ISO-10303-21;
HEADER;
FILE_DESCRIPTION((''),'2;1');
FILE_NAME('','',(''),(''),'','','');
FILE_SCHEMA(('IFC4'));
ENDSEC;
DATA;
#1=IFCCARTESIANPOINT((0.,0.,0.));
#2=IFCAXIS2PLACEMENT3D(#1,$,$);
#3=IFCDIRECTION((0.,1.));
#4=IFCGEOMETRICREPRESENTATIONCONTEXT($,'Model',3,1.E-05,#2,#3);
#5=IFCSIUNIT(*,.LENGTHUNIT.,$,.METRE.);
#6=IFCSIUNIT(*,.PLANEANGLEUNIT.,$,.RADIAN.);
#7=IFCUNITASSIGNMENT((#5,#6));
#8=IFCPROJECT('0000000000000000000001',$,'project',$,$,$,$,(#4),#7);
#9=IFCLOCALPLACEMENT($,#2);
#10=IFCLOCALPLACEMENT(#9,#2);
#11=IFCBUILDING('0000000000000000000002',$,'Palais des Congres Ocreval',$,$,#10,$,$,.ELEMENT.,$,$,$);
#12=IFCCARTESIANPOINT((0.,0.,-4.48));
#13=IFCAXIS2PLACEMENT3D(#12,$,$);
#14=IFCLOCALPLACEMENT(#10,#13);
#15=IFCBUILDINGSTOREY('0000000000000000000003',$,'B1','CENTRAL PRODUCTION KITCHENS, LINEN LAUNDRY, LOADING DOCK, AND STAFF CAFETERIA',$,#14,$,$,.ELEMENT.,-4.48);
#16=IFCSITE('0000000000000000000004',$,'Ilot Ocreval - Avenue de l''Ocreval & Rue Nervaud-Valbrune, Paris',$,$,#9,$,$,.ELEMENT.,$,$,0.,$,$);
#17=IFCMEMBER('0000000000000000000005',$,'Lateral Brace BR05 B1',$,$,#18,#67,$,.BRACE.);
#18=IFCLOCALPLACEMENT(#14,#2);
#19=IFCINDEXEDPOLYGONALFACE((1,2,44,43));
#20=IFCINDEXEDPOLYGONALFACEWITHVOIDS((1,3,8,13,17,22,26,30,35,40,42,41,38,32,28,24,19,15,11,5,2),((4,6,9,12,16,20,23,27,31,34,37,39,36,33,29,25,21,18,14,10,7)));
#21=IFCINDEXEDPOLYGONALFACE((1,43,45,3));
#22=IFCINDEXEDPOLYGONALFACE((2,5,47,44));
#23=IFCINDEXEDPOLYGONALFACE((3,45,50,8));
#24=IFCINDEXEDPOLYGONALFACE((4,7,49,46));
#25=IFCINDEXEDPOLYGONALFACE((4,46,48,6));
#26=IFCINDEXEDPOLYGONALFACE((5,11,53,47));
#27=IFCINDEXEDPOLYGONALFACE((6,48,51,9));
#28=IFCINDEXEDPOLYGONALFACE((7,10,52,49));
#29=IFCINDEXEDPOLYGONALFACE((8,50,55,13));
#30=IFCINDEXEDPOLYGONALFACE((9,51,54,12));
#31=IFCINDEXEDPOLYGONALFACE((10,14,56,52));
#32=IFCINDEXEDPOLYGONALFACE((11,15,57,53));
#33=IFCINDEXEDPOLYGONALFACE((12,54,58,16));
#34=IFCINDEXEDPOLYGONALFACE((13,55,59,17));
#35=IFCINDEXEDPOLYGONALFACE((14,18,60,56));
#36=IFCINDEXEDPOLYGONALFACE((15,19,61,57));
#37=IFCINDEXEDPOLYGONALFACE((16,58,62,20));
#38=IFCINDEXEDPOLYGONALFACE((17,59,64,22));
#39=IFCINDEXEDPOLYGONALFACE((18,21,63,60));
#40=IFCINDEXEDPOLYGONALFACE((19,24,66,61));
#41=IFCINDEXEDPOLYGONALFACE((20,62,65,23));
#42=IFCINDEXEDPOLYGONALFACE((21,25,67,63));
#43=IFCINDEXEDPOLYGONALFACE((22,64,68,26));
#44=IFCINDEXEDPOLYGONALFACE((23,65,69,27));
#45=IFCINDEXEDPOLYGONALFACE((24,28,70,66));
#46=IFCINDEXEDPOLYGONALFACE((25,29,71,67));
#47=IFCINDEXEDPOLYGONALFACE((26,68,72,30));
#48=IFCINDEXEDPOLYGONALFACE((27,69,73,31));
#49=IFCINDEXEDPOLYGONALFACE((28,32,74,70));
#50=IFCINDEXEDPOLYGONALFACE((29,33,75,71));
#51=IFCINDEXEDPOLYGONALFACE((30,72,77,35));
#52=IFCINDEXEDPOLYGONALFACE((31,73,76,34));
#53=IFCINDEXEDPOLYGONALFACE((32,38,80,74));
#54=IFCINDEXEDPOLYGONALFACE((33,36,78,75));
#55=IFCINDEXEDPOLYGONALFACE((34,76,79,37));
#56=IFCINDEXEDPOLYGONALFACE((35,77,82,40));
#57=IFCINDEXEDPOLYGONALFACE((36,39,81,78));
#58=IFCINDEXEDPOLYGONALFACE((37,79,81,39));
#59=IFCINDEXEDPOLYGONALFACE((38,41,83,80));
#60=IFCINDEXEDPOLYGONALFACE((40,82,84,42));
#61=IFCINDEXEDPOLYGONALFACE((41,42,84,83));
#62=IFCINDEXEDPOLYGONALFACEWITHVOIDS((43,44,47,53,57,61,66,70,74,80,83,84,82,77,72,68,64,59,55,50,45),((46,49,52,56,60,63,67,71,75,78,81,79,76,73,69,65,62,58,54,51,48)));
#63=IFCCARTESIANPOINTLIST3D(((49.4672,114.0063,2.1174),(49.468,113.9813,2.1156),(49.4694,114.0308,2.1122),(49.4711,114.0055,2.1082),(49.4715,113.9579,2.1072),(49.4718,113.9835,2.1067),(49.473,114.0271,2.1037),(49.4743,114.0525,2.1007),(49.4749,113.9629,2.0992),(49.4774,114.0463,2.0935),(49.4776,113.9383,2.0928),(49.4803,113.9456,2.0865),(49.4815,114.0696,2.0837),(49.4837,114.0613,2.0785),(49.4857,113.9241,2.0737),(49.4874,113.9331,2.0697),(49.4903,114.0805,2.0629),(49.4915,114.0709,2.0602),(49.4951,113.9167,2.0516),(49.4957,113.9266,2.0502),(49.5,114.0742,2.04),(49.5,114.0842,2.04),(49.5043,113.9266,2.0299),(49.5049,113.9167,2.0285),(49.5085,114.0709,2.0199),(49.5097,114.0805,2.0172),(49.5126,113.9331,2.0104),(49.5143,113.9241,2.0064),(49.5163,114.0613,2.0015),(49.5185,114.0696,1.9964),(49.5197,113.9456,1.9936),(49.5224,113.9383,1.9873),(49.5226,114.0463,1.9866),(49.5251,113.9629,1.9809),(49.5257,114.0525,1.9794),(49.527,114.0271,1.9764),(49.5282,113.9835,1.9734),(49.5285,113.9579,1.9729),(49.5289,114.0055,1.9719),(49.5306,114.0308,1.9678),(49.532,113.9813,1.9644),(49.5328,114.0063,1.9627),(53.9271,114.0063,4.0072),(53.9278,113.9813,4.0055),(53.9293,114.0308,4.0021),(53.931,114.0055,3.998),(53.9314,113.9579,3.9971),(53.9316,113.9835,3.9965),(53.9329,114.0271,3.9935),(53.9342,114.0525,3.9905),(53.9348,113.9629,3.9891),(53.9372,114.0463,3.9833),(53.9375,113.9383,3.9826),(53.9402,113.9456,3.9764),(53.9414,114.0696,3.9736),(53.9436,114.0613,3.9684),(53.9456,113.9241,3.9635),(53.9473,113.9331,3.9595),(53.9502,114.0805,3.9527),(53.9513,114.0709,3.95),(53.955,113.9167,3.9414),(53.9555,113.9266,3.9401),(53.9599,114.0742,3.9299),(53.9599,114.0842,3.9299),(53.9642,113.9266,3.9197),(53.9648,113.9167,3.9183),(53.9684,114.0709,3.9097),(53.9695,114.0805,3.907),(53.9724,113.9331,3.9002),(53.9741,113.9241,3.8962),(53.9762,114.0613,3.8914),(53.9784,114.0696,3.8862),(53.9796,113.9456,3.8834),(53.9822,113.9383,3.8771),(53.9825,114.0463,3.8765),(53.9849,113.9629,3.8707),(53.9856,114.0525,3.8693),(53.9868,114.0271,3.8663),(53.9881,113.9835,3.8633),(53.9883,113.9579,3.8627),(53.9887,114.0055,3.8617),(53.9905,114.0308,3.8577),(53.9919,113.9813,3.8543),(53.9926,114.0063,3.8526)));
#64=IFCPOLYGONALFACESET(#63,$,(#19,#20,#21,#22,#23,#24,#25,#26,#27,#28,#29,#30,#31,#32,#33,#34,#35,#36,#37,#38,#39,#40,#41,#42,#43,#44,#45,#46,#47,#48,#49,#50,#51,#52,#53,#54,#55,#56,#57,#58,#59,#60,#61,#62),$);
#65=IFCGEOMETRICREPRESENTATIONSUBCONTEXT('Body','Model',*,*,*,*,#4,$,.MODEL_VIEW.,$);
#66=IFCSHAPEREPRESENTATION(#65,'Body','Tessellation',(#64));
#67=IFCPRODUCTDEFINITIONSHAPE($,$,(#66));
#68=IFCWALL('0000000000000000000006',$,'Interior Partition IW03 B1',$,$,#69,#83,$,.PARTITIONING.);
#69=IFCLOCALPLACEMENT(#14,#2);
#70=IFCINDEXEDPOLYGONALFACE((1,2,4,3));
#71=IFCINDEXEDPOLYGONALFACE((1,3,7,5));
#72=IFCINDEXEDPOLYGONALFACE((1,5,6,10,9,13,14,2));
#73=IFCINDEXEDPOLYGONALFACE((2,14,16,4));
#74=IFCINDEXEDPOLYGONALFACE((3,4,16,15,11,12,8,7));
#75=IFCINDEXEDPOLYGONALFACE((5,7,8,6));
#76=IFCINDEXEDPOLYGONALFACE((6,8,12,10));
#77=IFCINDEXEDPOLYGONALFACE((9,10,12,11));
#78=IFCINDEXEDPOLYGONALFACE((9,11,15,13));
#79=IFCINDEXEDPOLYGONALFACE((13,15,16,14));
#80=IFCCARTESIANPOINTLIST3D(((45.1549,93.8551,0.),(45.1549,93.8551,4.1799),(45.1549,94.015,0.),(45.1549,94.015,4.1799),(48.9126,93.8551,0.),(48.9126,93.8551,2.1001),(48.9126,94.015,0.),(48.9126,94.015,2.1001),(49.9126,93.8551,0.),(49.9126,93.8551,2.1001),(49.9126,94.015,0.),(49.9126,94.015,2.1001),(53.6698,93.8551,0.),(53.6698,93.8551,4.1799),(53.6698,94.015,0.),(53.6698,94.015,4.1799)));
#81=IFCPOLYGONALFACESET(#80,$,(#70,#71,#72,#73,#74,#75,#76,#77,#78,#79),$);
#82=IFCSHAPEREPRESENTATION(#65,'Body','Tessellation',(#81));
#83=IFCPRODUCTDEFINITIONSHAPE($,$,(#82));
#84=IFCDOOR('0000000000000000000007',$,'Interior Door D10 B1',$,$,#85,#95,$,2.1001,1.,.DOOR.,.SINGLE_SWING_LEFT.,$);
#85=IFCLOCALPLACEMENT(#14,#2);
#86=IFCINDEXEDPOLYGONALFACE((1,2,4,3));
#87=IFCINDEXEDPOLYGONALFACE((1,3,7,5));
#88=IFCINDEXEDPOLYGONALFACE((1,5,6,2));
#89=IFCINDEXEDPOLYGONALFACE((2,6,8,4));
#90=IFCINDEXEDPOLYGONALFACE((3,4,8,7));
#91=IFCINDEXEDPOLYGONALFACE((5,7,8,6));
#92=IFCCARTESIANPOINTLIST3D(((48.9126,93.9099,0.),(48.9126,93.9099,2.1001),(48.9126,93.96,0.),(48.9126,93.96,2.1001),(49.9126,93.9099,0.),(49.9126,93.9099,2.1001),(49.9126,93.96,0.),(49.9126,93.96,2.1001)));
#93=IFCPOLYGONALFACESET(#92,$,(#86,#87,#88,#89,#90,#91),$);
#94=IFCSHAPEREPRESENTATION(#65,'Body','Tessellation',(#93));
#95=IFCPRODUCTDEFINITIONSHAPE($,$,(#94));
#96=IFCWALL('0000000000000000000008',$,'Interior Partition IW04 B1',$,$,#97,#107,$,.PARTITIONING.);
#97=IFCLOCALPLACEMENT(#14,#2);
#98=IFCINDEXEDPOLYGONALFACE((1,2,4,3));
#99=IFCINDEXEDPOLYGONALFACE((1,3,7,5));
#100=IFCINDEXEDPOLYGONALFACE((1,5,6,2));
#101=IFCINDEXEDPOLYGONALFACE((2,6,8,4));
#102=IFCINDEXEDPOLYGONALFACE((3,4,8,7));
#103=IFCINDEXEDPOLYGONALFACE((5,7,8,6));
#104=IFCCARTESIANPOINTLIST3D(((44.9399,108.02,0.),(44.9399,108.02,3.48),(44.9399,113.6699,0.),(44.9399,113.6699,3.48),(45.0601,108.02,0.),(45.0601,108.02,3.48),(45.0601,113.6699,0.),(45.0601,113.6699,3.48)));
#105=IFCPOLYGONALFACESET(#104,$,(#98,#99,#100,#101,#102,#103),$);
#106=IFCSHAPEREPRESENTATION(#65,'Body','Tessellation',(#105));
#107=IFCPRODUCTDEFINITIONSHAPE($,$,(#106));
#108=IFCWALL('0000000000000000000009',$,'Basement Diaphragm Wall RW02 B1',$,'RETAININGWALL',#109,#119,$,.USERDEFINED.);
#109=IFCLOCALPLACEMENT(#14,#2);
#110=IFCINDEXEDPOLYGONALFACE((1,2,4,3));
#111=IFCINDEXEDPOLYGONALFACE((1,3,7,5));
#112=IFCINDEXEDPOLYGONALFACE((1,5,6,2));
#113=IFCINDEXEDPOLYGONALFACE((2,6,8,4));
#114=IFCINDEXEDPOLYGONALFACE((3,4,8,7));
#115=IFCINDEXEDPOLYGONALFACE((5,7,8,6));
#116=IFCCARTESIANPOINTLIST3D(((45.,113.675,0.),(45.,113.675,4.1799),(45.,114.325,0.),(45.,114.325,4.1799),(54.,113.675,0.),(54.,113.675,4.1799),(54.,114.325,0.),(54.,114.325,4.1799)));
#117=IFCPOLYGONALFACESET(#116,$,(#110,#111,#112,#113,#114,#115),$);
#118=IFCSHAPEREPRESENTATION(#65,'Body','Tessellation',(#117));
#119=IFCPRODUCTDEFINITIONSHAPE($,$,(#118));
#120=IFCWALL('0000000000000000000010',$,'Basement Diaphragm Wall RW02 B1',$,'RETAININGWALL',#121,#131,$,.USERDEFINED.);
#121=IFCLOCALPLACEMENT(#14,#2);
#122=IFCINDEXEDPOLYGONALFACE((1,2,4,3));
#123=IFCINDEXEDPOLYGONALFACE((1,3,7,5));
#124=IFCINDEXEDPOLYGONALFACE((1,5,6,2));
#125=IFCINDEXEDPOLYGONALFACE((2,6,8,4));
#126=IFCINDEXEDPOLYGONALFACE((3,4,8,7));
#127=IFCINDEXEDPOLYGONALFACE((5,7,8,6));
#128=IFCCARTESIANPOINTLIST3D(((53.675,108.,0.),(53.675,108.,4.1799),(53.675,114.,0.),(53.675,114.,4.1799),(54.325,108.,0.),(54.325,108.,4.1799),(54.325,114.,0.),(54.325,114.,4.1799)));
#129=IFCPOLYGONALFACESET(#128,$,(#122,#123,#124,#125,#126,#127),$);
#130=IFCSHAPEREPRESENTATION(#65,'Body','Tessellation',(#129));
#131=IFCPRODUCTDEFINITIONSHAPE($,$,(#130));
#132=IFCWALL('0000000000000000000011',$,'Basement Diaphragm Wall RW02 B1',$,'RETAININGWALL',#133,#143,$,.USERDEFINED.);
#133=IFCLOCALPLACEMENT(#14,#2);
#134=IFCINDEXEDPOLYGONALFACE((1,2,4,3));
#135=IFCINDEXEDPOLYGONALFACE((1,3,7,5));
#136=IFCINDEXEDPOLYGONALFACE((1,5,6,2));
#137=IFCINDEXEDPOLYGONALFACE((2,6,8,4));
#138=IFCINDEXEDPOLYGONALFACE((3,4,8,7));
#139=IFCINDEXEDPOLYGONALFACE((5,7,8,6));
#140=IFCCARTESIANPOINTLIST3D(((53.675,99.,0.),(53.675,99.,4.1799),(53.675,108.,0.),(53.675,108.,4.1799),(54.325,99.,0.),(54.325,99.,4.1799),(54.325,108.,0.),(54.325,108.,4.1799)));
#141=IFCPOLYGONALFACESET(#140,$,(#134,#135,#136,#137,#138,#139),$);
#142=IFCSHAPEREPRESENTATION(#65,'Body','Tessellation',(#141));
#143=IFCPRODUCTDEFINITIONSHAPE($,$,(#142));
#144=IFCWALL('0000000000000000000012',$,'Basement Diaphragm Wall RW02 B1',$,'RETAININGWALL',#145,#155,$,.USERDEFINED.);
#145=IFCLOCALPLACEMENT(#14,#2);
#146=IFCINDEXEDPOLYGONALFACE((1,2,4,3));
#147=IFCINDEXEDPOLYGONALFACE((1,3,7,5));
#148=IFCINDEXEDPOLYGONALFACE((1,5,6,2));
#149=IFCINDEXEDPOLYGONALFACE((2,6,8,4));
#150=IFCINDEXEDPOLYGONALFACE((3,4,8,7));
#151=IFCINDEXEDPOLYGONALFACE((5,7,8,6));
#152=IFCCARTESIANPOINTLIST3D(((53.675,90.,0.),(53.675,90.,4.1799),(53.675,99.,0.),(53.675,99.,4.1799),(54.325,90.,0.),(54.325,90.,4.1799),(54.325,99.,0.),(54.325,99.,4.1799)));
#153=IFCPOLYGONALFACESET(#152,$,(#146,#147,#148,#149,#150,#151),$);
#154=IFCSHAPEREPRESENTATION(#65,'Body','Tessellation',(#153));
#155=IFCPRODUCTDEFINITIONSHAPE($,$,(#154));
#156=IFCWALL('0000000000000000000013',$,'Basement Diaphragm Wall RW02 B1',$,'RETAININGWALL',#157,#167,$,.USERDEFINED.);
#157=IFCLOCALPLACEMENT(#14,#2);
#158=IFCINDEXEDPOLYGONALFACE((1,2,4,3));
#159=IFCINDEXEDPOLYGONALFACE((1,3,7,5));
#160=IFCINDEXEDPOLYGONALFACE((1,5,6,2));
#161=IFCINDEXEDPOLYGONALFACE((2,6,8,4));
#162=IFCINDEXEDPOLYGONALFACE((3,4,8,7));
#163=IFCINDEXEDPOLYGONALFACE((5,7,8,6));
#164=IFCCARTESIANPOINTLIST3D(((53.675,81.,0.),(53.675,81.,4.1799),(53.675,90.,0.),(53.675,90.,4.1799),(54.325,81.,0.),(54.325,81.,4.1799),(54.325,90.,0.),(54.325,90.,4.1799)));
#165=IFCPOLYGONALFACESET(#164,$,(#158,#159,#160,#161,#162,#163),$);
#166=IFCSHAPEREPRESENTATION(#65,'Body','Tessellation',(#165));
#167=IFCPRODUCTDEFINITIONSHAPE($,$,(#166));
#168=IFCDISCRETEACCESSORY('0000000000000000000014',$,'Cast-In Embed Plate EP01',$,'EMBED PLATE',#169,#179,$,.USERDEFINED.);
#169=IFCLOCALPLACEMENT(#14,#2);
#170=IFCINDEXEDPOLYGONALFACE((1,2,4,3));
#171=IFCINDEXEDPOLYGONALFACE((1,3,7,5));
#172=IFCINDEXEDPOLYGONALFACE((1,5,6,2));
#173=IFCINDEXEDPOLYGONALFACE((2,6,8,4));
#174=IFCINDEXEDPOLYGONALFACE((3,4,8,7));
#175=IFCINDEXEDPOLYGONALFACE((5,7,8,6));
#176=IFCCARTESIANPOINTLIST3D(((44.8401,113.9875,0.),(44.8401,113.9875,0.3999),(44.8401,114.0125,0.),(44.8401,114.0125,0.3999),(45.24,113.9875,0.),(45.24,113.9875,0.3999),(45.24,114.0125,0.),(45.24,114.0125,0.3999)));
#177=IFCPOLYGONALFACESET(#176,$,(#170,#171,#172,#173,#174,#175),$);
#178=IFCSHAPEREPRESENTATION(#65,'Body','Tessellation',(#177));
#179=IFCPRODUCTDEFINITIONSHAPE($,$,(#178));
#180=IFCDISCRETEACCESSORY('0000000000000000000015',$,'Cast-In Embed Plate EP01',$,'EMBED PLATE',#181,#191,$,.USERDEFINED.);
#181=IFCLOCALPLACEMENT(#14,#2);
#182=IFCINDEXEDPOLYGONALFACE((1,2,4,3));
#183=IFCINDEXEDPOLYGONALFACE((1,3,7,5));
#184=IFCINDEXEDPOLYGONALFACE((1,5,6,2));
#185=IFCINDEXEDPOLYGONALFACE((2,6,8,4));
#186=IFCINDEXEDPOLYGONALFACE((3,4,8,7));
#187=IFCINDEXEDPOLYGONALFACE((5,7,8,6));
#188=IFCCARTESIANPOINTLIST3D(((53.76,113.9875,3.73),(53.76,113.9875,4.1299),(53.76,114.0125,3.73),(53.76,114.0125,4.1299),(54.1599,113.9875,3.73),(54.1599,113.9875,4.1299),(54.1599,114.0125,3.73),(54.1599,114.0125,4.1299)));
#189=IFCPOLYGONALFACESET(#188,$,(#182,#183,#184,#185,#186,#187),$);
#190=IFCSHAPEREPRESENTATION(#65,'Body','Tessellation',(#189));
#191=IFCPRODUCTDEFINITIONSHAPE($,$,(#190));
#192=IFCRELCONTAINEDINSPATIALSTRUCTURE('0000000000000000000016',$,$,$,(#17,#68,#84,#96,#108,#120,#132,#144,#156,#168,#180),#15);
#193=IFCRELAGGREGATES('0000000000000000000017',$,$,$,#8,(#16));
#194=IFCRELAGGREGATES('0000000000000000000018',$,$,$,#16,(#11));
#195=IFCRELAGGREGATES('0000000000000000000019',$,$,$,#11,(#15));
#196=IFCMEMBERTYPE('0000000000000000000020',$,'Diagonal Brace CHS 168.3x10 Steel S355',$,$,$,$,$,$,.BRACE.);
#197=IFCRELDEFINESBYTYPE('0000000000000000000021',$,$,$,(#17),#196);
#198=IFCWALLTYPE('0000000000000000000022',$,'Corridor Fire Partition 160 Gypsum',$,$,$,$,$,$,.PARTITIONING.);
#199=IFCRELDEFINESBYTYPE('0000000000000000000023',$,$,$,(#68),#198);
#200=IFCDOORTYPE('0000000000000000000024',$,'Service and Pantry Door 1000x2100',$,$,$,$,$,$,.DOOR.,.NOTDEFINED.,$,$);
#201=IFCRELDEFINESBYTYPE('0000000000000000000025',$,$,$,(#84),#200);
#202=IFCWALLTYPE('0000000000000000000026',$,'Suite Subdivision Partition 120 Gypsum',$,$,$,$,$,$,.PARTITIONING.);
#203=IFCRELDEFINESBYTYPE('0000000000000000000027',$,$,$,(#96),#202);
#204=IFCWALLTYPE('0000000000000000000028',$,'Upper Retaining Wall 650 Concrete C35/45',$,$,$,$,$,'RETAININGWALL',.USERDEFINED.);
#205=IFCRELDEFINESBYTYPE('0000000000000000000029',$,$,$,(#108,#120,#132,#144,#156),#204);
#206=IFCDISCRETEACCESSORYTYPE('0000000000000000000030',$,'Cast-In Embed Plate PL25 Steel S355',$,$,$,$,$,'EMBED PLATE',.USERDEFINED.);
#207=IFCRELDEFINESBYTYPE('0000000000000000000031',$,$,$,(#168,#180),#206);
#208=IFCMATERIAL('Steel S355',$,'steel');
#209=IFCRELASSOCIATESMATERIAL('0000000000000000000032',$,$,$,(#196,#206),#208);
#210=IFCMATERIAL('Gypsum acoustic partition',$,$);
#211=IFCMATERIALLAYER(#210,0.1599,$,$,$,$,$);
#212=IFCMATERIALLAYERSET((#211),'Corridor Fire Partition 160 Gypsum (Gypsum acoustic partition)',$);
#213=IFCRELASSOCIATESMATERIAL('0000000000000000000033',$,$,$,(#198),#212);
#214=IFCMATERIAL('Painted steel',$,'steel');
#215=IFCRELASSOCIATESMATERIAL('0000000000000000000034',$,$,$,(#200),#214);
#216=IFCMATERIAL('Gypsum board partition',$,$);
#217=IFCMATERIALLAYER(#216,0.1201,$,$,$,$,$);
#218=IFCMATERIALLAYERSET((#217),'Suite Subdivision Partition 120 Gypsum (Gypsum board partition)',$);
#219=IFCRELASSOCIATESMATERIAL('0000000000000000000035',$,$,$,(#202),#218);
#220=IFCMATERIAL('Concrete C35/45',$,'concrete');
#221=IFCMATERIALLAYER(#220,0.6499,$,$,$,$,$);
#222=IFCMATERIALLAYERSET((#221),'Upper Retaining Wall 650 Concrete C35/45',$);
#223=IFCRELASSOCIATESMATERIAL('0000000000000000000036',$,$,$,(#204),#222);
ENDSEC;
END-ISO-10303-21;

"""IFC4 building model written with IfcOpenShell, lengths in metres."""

from ifc_helpers import new_model, si_unit, direction, frame, frame_2d, origin, origin_2d, place, context, subcontext, project, spatial, rectangle, hollow_circle, extrude, material, layer, layer_set, material_profile, profile_set, type_object, element, fill, save


model = new_model("IFC4")

# Units and contexts
model_context = context("Model", 3, precision=1e-05, world=origin(), true_north=direction((0.0, 1.0)))
body_context = subcontext(model_context, "Body", "Model", "MODEL_VIEW")
ifc_project = project(units=[si_unit("LENGTHUNIT", "METRE"), si_unit("PLANEANGLEUNIT", "RADIAN")], contexts=[model_context])

# Site, building, storey
site_placement = place(None, origin())
site = spatial("IfcSite", under=ifc_project, at=site_placement, Name="Ilot Ocreval - Avenue de l'Ocreval & Rue Nervaud-Valbrune, Paris", CompositionType="ELEMENT", RefElevation=0.0)
building_placement = place(site_placement, origin())
building = spatial("IfcBuilding", under=site, at=building_placement, Name="Palais des Congres Ocreval", CompositionType="ELEMENT")
storey_placement = place(building_placement, frame((0.0, 0.0, -4.48)))
storey = spatial("IfcBuildingStorey", under=building, at=storey_placement, Name="B1", Description="CENTRAL PRODUCTION KITCHENS, LINEN LAUNDRY, LOADING DOCK, AND STAFF CAFETERIA", CompositionType="ELEMENT", Elevation=-4.48)

# Shared definitions
ifc_material_1 = material(Name="Steel S355", Category="steel")

# Shared definitions
ifc_material_2 = material(Name="Concrete C35/45", Category="concrete")

# Member
ifc_material_profile_1 = material_profile(ifc_material_1, hollow_circle(Radius=0.0842, WallThickness=0.01, at=origin_2d()), Name="CHS 168.3x10")
ifc_profile_set_1 = profile_set([ifc_material_profile_1], Name="Steel S355")
member_type_1 = type_object("IfcMemberType", Name="Diagonal Brace CHS 168.3x10 Steel S355", PredefinedType="BRACE", material=ifc_profile_set_1)
member_1_placement = place(storey_placement, frame((49.5, 114.0, 2.04), z_axis=(0.920746, 0.0, 0.390163), x_axis=(0.0, 1.0, 0.0)))
element("IfcMember", 1, at=member_1_placement, inside=storey, type_object=member_type_1, Name="Lateral Brace BR05 B1", PredefinedType="BRACE", context=body_context, shape_type="SweptSolid", body=[
    extrude(hollow_circle(Radius=0.0842, WallThickness=0.01, at=origin_2d()), origin(), (0.0, 0.0, 1.0), 4.8438),
])

# Wall, opening, door
ifc_material_3 = material(Name="Gypsum acoustic partition")
ifc_layer_1 = layer(ifc_material_3, 0.1599)
ifc_layer_set_1 = layer_set([ifc_layer_1], Name="Corridor Fire Partition 160 Gypsum (Gypsum acoustic partition)")
wall_type_1 = type_object("IfcWallType", Name="Corridor Fire Partition 160 Gypsum", PredefinedType="PARTITIONING", material=ifc_layer_set_1)
wall_1_placement = place(storey_placement, frame((45.155, 93.9351, 0.0), z_axis=(0.0, 0.0, 1.0), x_axis=(1.0, 0.0, 0.0)))
wall_1 = element("IfcWall", 2, at=wall_1_placement, inside=storey, type_object=wall_type_1, Name="Interior Partition IW03 B1", PredefinedType="PARTITIONING", context=body_context, shape_type="SweptSolid", body=[
    extrude(rectangle(XDim=8.5149, YDim=0.1599, at=frame_2d((4.2573, 0.0))), origin(), (0.0, 0.0, 1.0), 4.1799),
])
opening_placement = place(wall_1_placement, frame((3.7576, 0.0, 0.0)))
opening = element("IfcOpeningElement", 3, at=opening_placement, cuts=wall_1, PredefinedType="OPENING", context=body_context, shape_type="SweptSolid", body=[
    extrude(rectangle(XDim=1.0, YDim=2.1001, at=frame_2d((0.5, 1.05))), frame((0.0, 0.0898, 0.0), z_axis=(0.0, -1.0, 0.0), x_axis=(1.0, 0.0, 0.0)), (0.0, 0.0, 1.0), 0.1799),
])
ifc_material_4 = material(Name="Painted steel", Category="steel")
door_type = type_object("IfcDoorType", Name="Service and Pantry Door 1000x2100", OperationType="NOTDEFINED", PredefinedType="DOOR", material=ifc_material_4)
door_placement = place(opening_placement, origin())
door = element("IfcDoor", 4, at=door_placement, inside=storey, type_object=door_type, Name="Interior Door D10 B1", OperationType="SINGLE_SWING_LEFT", OverallHeight=2.1001, OverallWidth=1.0, PredefinedType="DOOR", context=body_context, shape_type="SweptSolid", body=[
    extrude(rectangle(XDim=1.0, YDim=2.1001, at=frame_2d((0.5, 1.05))), frame((0.0, 0.0249, 0.0), z_axis=(0.0, -1.0, 0.0), x_axis=(1.0, 0.0, 0.0)), (0.0, 0.0, 1.0), 0.05),
])
fill(opening, door)

# Walls
ifc_material_5 = material(Name="Gypsum board partition")
ifc_layer_2 = layer(ifc_material_5, 0.1201)
ifc_layer_set_2 = layer_set([ifc_layer_2], Name="Suite Subdivision Partition 120 Gypsum (Gypsum board partition)")
wall_type_2 = type_object("IfcWallType", Name="Suite Subdivision Partition 120 Gypsum", PredefinedType="PARTITIONING", material=ifc_layer_set_2)
wall_2_placement = place(storey_placement, frame((45.0, 108.02, 0.0), z_axis=(0.0, 0.0, 1.0), x_axis=(0.0, 1.0, 0.0)))
element("IfcWall", 5, at=wall_2_placement, inside=storey, type_object=wall_type_2, Name="Interior Partition IW04 B1", PredefinedType="PARTITIONING", context=body_context, shape_type="SweptSolid", body=[
    extrude(rectangle(XDim=5.6499, YDim=0.1201, at=frame_2d((2.825, 0.0))), origin(), (0.0, 0.0, 1.0), 3.48),
])
ifc_layer_3 = layer(ifc_material_2, 0.6499)
ifc_layer_set_3 = layer_set([ifc_layer_3], Name="Upper Retaining Wall 650 Concrete C35/45")
wall_type_3 = type_object("IfcWallType", Name="Upper Retaining Wall 650 Concrete C35/45", ElementType="RETAININGWALL", PredefinedType="USERDEFINED", material=ifc_layer_set_3)
wall_3_placement = place(storey_placement, frame((45.0, 114.0, 0.0), z_axis=(0.0, 0.0, 1.0), x_axis=(1.0, 0.0, 0.0)))
element("IfcWall", 6, at=wall_3_placement, inside=storey, type_object=wall_type_3, Name="Basement Diaphragm Wall RW02 B1", ObjectType="RETAININGWALL", PredefinedType="USERDEFINED", context=body_context, shape_type="SweptSolid", body=[
    extrude(rectangle(XDim=9.0, YDim=0.6499, at=frame_2d((4.5, 0.0))), origin(), (0.0, 0.0, 1.0), 4.1799),
])
wall_4_placement = place(storey_placement, frame((54.0, 114.0, 0.0), z_axis=(0.0, 0.0, 1.0), x_axis=(0.0, -1.0, 0.0)))
element("IfcWall", 7, at=wall_4_placement, inside=storey, type_object=wall_type_3, Name="Basement Diaphragm Wall RW02 B1", ObjectType="RETAININGWALL", PredefinedType="USERDEFINED", context=body_context, shape_type="SweptSolid", body=[
    extrude(rectangle(XDim=6.0, YDim=0.6499, at=frame_2d((3.0, 0.0))), origin(), (0.0, 0.0, 1.0), 4.1799),
])
for number, where, z_axis, x_axis, name in (
    (8, (54.0, 108.0, 0.0), (0.0, 0.0, 1.0), (0.0, -1.0, 0.0), "Basement Diaphragm Wall RW02 B1"),
    (9, (54.0, 99.0, 0.0), (0.0, 0.0, 1.0), (0.0, -1.0, 0.0), "Basement Diaphragm Wall RW02 B1"),
    (10, (54.0, 90.0, 0.0), (0.0, 0.0, 1.0), (0.0, -1.0, 0.0), "Basement Diaphragm Wall RW02 B1"),
):
    element("IfcWall", number, at=place(storey_placement, frame(where, z_axis=z_axis, x_axis=x_axis)), inside=storey, type_object=wall_type_3, Name=name, ObjectType="RETAININGWALL", PredefinedType="USERDEFINED", context=body_context, shape_type="SweptSolid", body=[
        extrude(rectangle(XDim=9.0, YDim=0.6499, at=frame_2d((4.5, 0.0))), origin(), (0.0, 0.0, 1.0), 4.1799),
    ])

# Discrete accessories
discrete_accessory_type_1 = type_object("IfcDiscreteAccessoryType", Name="Cast-In Embed Plate PL25 Steel S355", ElementType="EMBED PLATE", PredefinedType="USERDEFINED", material=ifc_material_1)
for number, where, z_axis, x_axis, name in (
    (11, (45.04, 114.0, 0.0), (0.0, 0.0, 1.0), (1.0, 0.0, 0.0), "Cast-In Embed Plate EP01"),
    (12, (53.96, 114.0, 3.73), (0.0, 0.0, 1.0), (1.0, 0.0, 0.0), "Cast-In Embed Plate EP01"),
):
    element("IfcDiscreteAccessory", number, at=place(storey_placement, frame(where, z_axis=z_axis, x_axis=x_axis)), inside=storey, type_object=discrete_accessory_type_1, Name=name, ObjectType="EMBED PLATE", PredefinedType="USERDEFINED", context=body_context, shape_type="SweptSolid", body=[
        extrude(rectangle(XDim=0.3999, YDim=0.0249, at=origin_2d()), origin(), (0.0, 0.0, 1.0), 0.3999),
    ])

save(model, "model.ifc")
